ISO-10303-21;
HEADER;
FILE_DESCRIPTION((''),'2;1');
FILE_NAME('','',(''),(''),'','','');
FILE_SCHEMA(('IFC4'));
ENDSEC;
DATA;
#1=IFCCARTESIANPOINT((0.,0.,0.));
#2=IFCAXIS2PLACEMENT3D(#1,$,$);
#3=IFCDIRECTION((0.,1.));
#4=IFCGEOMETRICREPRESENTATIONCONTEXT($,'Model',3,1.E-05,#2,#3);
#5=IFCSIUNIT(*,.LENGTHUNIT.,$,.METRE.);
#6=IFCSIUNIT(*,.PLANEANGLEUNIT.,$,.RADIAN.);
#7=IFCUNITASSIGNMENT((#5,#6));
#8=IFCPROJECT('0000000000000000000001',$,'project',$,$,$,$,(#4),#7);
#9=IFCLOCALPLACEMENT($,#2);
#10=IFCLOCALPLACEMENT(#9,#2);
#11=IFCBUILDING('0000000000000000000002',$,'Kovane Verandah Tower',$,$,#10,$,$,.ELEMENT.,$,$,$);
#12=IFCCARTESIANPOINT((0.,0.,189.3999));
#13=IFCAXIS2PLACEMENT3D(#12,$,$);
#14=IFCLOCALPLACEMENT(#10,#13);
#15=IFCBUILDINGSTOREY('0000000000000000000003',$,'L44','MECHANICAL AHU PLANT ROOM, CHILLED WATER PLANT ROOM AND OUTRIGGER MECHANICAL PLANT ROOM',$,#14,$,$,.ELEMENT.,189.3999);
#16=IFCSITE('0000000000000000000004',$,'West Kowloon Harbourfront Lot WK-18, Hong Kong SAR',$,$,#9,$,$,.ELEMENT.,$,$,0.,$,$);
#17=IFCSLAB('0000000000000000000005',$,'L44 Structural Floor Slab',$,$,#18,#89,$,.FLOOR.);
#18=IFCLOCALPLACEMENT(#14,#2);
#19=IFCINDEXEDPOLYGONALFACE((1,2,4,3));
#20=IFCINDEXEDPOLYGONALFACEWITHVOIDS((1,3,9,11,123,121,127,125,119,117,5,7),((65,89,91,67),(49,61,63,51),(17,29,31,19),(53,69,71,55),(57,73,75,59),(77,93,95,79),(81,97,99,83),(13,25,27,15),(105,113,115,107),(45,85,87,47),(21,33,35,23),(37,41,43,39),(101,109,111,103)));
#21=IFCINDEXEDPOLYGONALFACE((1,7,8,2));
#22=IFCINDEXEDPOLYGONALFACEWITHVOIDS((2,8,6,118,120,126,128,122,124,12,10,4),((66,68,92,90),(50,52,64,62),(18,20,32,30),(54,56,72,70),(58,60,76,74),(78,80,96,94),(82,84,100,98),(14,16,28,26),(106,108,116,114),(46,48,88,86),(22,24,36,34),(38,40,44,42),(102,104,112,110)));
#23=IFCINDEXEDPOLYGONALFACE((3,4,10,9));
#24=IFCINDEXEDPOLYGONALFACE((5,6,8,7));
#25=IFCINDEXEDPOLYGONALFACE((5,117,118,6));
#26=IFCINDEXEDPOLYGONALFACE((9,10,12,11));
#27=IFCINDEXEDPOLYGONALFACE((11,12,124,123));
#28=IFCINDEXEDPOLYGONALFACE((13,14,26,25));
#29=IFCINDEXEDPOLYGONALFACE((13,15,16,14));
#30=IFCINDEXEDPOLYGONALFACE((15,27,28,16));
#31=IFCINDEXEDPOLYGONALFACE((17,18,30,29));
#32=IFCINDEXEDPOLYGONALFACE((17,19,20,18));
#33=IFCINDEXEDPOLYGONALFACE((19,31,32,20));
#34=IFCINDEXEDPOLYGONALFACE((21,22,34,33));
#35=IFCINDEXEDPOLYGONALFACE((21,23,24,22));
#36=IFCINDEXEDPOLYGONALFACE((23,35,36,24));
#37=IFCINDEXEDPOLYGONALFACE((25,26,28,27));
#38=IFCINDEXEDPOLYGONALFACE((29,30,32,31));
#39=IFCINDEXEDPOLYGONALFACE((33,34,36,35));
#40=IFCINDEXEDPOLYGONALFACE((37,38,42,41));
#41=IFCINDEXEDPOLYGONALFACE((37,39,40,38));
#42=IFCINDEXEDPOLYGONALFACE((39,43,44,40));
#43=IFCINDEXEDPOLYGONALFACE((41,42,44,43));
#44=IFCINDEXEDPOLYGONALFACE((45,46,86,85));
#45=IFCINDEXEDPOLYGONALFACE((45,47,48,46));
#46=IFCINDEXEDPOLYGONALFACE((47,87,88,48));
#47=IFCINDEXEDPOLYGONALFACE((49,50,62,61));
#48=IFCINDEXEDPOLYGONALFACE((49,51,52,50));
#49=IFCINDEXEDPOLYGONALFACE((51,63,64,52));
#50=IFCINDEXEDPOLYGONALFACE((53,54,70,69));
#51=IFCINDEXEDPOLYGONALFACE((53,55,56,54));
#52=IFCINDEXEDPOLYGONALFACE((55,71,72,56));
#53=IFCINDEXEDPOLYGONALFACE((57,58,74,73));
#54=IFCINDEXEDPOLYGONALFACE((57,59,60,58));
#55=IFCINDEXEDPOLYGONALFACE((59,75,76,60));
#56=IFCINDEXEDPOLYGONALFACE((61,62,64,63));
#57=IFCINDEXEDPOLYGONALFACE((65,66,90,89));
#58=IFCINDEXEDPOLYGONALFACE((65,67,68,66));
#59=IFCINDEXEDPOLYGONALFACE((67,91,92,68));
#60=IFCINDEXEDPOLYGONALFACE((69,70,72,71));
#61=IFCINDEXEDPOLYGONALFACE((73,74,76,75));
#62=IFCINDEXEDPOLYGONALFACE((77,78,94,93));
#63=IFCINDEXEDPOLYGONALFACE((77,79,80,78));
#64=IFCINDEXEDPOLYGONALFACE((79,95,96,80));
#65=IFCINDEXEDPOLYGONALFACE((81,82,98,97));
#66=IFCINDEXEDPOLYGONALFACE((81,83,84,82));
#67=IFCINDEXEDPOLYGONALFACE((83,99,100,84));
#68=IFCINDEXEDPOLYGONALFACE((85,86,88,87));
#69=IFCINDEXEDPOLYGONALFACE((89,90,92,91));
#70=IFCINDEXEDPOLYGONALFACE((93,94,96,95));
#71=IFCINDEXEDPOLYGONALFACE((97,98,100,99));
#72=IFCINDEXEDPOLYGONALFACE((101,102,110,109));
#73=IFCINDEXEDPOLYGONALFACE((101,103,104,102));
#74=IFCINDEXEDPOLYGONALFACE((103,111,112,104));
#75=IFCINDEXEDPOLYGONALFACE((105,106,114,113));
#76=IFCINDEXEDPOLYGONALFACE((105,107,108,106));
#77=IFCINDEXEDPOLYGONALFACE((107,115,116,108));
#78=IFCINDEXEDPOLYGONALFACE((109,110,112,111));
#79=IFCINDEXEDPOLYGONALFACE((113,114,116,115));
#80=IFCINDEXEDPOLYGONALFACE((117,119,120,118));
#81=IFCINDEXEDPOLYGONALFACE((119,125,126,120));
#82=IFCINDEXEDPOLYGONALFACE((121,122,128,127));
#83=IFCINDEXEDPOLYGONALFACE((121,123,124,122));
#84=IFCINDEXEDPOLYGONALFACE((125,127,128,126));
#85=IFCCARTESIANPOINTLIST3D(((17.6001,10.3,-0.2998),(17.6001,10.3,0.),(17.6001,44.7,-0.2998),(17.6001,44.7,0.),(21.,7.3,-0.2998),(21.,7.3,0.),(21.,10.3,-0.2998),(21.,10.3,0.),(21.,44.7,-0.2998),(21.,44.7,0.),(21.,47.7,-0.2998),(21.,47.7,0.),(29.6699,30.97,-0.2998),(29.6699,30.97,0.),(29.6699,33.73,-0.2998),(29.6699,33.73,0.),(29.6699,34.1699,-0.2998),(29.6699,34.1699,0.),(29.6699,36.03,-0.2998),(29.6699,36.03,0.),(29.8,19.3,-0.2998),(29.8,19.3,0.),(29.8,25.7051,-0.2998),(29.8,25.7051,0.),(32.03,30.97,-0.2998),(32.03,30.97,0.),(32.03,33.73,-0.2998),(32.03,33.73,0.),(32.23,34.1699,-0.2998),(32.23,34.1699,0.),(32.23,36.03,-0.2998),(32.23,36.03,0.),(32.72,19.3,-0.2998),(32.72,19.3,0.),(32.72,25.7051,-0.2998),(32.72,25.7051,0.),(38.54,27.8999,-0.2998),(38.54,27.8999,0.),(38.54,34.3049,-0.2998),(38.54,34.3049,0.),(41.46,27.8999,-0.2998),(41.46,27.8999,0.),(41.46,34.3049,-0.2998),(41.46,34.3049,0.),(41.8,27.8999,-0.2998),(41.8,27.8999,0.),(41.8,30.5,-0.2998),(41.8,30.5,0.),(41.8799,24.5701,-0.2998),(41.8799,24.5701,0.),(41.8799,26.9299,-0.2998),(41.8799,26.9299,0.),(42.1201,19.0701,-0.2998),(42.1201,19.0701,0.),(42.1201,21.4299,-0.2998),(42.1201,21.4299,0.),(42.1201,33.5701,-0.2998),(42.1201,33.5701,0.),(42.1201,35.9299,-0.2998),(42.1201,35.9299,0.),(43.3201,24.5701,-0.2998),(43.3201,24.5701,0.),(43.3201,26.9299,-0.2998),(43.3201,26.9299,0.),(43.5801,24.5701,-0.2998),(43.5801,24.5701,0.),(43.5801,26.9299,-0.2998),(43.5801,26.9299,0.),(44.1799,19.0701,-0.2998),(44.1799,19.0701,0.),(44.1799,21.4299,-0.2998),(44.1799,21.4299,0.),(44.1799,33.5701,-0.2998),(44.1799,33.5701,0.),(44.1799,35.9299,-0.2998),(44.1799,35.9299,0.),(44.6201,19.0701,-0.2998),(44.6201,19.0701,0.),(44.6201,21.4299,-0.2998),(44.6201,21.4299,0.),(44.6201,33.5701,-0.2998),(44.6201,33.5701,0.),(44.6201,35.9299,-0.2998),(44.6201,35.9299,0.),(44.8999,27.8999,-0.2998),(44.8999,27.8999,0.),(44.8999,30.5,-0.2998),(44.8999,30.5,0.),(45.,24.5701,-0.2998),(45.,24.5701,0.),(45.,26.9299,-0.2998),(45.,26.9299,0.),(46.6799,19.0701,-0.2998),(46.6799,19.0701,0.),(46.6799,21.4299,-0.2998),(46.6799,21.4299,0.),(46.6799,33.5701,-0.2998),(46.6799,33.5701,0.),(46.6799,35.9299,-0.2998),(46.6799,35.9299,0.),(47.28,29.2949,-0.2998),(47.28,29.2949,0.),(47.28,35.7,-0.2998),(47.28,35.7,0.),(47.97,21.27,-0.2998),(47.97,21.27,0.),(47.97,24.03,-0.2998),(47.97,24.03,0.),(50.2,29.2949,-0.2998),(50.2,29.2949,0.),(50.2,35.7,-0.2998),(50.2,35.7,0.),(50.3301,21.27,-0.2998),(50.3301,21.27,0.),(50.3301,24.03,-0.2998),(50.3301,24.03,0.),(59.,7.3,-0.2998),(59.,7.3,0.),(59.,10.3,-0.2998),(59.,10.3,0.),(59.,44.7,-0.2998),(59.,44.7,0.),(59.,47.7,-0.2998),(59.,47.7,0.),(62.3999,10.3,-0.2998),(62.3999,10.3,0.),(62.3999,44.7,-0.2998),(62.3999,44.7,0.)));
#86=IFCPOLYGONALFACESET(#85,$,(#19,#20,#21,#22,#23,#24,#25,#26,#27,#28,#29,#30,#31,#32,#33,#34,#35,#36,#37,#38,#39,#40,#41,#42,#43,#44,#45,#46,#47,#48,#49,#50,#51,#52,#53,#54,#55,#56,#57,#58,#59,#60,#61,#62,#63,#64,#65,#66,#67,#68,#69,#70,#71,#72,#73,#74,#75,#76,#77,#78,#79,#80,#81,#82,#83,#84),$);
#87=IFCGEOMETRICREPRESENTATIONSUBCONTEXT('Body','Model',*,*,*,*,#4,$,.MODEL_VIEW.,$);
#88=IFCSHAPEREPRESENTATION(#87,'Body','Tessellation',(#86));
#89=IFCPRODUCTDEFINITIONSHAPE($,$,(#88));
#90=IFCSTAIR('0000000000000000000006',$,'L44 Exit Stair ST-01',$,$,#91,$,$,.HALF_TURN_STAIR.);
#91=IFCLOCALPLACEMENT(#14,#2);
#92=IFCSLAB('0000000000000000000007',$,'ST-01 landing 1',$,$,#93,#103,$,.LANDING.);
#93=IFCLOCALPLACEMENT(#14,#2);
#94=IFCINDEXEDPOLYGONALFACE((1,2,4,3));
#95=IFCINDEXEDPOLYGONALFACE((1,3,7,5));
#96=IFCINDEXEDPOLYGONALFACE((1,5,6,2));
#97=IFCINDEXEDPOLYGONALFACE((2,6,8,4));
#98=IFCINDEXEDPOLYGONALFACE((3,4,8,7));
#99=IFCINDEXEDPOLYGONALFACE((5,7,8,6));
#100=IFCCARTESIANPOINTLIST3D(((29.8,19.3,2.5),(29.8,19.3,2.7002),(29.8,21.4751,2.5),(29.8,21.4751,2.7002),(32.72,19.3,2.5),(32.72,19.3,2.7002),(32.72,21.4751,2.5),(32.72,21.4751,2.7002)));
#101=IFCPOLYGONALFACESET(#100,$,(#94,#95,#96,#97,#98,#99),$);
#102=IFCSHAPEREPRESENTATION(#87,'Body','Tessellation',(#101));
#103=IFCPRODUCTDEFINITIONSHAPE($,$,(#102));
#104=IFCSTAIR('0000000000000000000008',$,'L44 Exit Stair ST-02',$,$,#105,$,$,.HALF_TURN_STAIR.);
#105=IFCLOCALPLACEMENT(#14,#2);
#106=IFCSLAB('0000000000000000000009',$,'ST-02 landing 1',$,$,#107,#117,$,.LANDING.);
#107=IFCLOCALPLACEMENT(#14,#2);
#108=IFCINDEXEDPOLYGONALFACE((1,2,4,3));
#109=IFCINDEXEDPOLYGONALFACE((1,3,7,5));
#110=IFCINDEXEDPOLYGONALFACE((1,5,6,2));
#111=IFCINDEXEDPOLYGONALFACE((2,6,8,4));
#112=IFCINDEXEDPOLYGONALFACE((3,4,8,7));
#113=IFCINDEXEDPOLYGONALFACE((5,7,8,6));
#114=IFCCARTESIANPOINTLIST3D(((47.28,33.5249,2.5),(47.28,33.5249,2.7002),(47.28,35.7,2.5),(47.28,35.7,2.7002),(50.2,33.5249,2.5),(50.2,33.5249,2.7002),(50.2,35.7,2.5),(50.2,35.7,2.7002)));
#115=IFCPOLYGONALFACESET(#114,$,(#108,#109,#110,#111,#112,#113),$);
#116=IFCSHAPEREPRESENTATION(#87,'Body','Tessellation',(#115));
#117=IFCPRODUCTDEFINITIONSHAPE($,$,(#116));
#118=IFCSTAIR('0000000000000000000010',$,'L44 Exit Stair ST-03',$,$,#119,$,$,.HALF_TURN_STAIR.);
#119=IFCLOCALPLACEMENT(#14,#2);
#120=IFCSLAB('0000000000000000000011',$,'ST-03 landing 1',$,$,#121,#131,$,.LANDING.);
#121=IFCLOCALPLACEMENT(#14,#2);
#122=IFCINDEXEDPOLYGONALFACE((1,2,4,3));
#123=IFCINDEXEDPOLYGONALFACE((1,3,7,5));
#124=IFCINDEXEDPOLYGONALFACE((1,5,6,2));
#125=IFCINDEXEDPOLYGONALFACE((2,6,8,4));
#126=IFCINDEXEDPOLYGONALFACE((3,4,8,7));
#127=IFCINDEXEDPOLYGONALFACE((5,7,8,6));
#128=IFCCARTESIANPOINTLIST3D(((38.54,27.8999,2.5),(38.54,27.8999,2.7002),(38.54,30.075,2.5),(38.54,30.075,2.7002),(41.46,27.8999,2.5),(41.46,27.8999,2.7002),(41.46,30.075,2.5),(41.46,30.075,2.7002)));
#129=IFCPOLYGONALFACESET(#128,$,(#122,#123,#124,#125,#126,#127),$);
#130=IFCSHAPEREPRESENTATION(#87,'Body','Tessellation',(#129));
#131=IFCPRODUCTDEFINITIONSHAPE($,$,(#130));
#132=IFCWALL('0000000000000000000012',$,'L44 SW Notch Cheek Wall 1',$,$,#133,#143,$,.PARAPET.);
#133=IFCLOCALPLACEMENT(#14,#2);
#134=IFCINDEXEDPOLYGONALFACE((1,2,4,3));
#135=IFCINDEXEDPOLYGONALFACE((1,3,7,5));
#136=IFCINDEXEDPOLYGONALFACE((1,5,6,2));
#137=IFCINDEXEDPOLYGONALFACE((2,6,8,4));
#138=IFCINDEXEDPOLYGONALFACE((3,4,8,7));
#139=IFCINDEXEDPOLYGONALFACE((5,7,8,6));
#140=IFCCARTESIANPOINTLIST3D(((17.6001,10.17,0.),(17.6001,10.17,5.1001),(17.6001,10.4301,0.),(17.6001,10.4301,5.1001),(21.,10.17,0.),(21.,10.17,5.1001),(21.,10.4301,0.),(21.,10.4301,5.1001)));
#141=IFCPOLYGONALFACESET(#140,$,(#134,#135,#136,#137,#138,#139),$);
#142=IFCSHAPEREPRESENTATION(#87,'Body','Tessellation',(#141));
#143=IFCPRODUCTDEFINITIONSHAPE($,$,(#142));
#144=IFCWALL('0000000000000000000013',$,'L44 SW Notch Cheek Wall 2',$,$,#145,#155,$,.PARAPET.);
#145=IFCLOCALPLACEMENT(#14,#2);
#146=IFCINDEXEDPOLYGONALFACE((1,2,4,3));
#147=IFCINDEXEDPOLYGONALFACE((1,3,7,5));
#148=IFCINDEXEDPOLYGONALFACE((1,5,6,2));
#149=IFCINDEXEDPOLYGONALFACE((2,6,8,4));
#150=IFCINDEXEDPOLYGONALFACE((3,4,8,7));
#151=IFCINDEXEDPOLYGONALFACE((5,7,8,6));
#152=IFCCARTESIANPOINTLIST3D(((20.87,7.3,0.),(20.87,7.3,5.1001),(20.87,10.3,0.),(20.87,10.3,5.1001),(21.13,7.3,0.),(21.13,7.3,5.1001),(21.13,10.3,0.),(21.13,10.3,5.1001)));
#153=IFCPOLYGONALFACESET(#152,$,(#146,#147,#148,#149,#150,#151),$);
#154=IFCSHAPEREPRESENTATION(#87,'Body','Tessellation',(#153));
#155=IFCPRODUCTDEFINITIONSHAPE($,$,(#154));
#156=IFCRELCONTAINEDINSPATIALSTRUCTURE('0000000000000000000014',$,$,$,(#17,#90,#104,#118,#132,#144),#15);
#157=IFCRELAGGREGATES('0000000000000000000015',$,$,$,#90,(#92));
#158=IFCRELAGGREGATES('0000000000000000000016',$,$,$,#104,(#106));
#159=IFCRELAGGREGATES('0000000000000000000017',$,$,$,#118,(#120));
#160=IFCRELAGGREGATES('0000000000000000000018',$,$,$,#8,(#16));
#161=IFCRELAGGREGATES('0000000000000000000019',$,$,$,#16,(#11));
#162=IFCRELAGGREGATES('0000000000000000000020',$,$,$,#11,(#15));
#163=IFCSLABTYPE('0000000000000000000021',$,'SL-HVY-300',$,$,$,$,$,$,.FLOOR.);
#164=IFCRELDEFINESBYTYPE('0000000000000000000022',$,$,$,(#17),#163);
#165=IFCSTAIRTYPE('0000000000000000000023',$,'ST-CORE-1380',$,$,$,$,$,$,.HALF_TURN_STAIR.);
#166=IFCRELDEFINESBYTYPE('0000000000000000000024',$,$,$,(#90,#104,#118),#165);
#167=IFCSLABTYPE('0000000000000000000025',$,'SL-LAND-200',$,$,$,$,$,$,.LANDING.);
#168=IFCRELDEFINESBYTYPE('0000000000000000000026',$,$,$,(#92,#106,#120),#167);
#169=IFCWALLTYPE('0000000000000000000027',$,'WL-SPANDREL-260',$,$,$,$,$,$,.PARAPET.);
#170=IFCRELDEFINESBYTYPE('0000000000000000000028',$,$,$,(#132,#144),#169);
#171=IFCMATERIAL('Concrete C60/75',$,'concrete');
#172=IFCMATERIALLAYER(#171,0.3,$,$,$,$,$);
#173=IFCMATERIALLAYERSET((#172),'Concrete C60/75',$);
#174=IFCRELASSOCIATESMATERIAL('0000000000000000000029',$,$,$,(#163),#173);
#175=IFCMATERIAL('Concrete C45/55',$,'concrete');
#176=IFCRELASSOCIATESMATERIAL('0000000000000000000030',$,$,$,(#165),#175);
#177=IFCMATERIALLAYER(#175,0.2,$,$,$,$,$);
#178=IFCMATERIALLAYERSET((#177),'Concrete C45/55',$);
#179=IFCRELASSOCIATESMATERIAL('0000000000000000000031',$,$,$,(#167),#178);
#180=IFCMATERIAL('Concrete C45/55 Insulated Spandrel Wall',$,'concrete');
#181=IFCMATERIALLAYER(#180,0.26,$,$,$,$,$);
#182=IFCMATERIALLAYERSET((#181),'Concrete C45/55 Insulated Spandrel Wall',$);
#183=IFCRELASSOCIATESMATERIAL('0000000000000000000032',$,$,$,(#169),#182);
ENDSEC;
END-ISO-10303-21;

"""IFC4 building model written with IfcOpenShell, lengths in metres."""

from ifc_helpers import new_model, si_unit, direction, frame, frame_2d, origin, place, context, subcontext, project, spatial, polyline, rectangle, outline, extrude, material, layer, layer_set, type_object, element, aggregate, save


model = new_model("IFC4")

# Units and contexts
model_context = context("Model", 3, precision=1e-05, world=origin(), true_north=direction((0.0, 1.0)))
body_context = subcontext(model_context, "Body", "Model", "MODEL_VIEW")
ifc_project = project(units=[si_unit("LENGTHUNIT", "METRE"), si_unit("PLANEANGLEUNIT", "RADIAN")], contexts=[model_context])

# Site, building, storey
site_placement = place(None, origin())
site = spatial("IfcSite", under=ifc_project, at=site_placement, Name="West Kowloon Harbourfront Lot WK-18, Hong Kong SAR", CompositionType="ELEMENT", RefElevation=0.0)
building_placement = place(site_placement, origin())
building = spatial("IfcBuilding", under=site, at=building_placement, Name="Kovane Verandah Tower", CompositionType="ELEMENT")
storey_placement = place(building_placement, frame((0.0, 0.0, 189.3999)))
storey = spatial("IfcBuildingStorey", under=building, at=storey_placement, Name="L44", Description="MECHANICAL AHU PLANT ROOM, CHILLED WATER PLANT ROOM AND OUTRIGGER MECHANICAL PLANT ROOM", CompositionType="ELEMENT", Elevation=189.3999)

# Slab
ifc_material_1 = material(Name="Concrete C60/75", Category="concrete")
ifc_layer_1 = layer(ifc_material_1, 0.3)
ifc_layer_set_1 = layer_set([ifc_layer_1], Name="Concrete C60/75")
slab_type_1 = type_object("IfcSlabType", Name="SL-HVY-300", PredefinedType="FLOOR", material=ifc_layer_set_1)
slab_1_placement = place(storey_placement, frame((0.0, 0.0, -0.2998)))
element("IfcSlab", 1, at=slab_1_placement, inside=storey, type_object=slab_type_1, Name="L44 Structural Floor Slab", PredefinedType="FLOOR", context=body_context, shape_type="SweptSolid", body=[
    extrude(outline(polyline([(21.0, 7.3), (59.0, 7.3), (59.0, 10.3), (62.3999, 10.3), (62.3999, 44.7), (59.0, 44.7), (59.0, 47.7), (21.0, 47.7), (21.0, 44.7), (17.6001, 44.7), (17.6001, 10.3), (21.0, 10.3), (21.0, 7.3)]), holes=[polyline([(29.8, 19.3), (32.72, 19.3), (32.72, 25.7051), (29.8, 25.7051), (29.8, 19.3)]), polyline([(47.28, 29.2949), (50.2, 29.2949), (50.2, 35.7), (47.28, 35.7), (47.28, 29.2949)]), polyline([(38.54, 27.8999), (41.46, 27.8999), (41.46, 34.3049), (38.54, 34.3049), (38.54, 27.8999)]), polyline([(29.6699, 30.97), (32.03, 30.97), (32.03, 33.73), (29.6699, 33.73), (29.6699, 30.97)]), polyline([(47.97, 21.27), (50.3301, 21.27), (50.3301, 24.03), (47.97, 24.03), (47.97, 21.27)]), polyline([(29.6699, 34.1699), (32.23, 34.1699), (32.23, 36.03), (29.6699, 36.03), (29.6699, 34.1699)]), polyline([(42.1201, 19.0701), (44.1799, 19.0701), (44.1799, 21.4299), (42.1201, 21.4299), (42.1201, 19.0701)]), polyline([(44.6201, 19.0701), (46.6799, 19.0701), (46.6799, 21.4299), (44.6201, 21.4299), (44.6201, 19.0701)]), polyline([(41.8799, 24.5701), (43.3201, 24.5701), (43.3201, 26.9299), (41.8799, 26.9299), (41.8799, 24.5701)]), polyline([(43.5801, 24.5701), (45.0, 24.5701), (45.0, 26.9299), (43.5801, 26.9299), (43.5801, 24.5701)]), polyline([(42.1201, 33.5701), (44.1799, 33.5701), (44.1799, 35.9299), (42.1201, 35.9299), (42.1201, 33.5701)]), polyline([(44.6201, 33.5701), (46.6799, 33.5701), (46.6799, 35.9299), (44.6201, 35.9299), (44.6201, 33.5701)]), polyline([(41.8, 27.8999), (44.8999, 27.8999), (44.8999, 30.5), (41.8, 30.5), (41.8, 27.8999)])]), origin(), (0.0, 0.0, 1.0), 0.2998),
])

# Stairs, slabs
ifc_material_2 = material(Name="Concrete C45/55", Category="concrete")
stair_type = type_object("IfcStairType", Name="ST-CORE-1380", PredefinedType="HALF_TURN_STAIR", material=ifc_material_2)
stair_1_placement = place(storey_placement, origin())
stair_1 = element("IfcStair", 2, at=stair_1_placement, inside=storey, type_object=stair_type, Name="L44 Exit Stair ST-01", PredefinedType="HALF_TURN_STAIR")
ifc_layer_2 = layer(ifc_material_2, 0.2)
ifc_layer_set_2 = layer_set([ifc_layer_2], Name="Concrete C45/55")
slab_type_2 = type_object("IfcSlabType", Name="SL-LAND-200", PredefinedType="LANDING", material=ifc_layer_set_2)
slab_2_placement = place(storey_placement, frame((0.0, 0.0, 2.5)))
slab_2 = element("IfcSlab", 3, at=slab_2_placement, type_object=slab_type_2, Name="ST-01 landing 1", PredefinedType="LANDING", context=body_context, shape_type="SweptSolid", body=[
    extrude(outline(polyline([(29.8, 21.4751), (29.8, 19.3), (32.72, 19.3), (32.72, 21.4751), (29.8, 21.4751)])), origin(), (0.0, 0.0, 1.0), 0.2002),
])
aggregate(stair_1, [slab_2])
stair_2_placement = place(storey_placement, origin())
stair_2 = element("IfcStair", 4, at=stair_2_placement, inside=storey, type_object=stair_type, Name="L44 Exit Stair ST-02", PredefinedType="HALF_TURN_STAIR")
slab_3_placement = place(storey_placement, frame((0.0, 0.0, 2.5)))
slab_3 = element("IfcSlab", 5, at=slab_3_placement, type_object=slab_type_2, Name="ST-02 landing 1", PredefinedType="LANDING", context=body_context, shape_type="SweptSolid", body=[
    extrude(outline(polyline([(50.2, 33.5249), (50.2, 35.7), (47.28, 35.7), (47.28, 33.5249), (50.2, 33.5249)])), origin(), (0.0, 0.0, 1.0), 0.2002),
])
aggregate(stair_2, [slab_3])
stair_3_placement = place(storey_placement, origin())
stair_3 = element("IfcStair", 6, at=stair_3_placement, inside=storey, type_object=stair_type, Name="L44 Exit Stair ST-03", PredefinedType="HALF_TURN_STAIR")
slab_4_placement = place(storey_placement, frame((0.0, 0.0, 2.5)))
slab_4 = element("IfcSlab", 7, at=slab_4_placement, type_object=slab_type_2, Name="ST-03 landing 1", PredefinedType="LANDING", context=body_context, shape_type="SweptSolid", body=[
    extrude(outline(polyline([(38.54, 30.075), (38.54, 27.8999), (41.46, 27.8999), (41.46, 30.075), (38.54, 30.075)])), origin(), (0.0, 0.0, 1.0), 0.2002),
])
aggregate(stair_3, [slab_4])

# Walls
ifc_material_3 = material(Name="Concrete C45/55 Insulated Spandrel Wall", Category="concrete")
ifc_layer_3 = layer(ifc_material_3, 0.26)
ifc_layer_set_3 = layer_set([ifc_layer_3], Name="Concrete C45/55 Insulated Spandrel Wall")
wall_type = type_object("IfcWallType", Name="WL-SPANDREL-260", PredefinedType="PARAPET", material=ifc_layer_set_3)
wall_1_placement = place(storey_placement, frame((17.6001, 10.3, 0.0), z_axis=(0.0, 0.0, 1.0), x_axis=(1.0, 0.0, 0.0)))
element("IfcWall", 8, at=wall_1_placement, inside=storey, type_object=wall_type, Name="L44 SW Notch Cheek Wall 1", PredefinedType="PARAPET", context=body_context, shape_type="SweptSolid", body=[
    extrude(rectangle(XDim=3.3999, YDim=0.26, at=frame_2d((1.7, 0.0))), origin(), (0.0, 0.0, 1.0), 5.1001),
])
wall_2_placement = place(storey_placement, frame((21.0, 10.3, 0.0), z_axis=(0.0, 0.0, 1.0), x_axis=(0.0, -1.0, 0.0)))
element("IfcWall", 9, at=wall_2_placement, inside=storey, type_object=wall_type, Name="L44 SW Notch Cheek Wall 2", PredefinedType="PARAPET", context=body_context, shape_type="SweptSolid", body=[
    extrude(rectangle(XDim=3.0, YDim=0.26, at=frame_2d((1.5, 0.0))), origin(), (0.0, 0.0, 1.0), 5.1001),
])

save(model, "model.ifc")
